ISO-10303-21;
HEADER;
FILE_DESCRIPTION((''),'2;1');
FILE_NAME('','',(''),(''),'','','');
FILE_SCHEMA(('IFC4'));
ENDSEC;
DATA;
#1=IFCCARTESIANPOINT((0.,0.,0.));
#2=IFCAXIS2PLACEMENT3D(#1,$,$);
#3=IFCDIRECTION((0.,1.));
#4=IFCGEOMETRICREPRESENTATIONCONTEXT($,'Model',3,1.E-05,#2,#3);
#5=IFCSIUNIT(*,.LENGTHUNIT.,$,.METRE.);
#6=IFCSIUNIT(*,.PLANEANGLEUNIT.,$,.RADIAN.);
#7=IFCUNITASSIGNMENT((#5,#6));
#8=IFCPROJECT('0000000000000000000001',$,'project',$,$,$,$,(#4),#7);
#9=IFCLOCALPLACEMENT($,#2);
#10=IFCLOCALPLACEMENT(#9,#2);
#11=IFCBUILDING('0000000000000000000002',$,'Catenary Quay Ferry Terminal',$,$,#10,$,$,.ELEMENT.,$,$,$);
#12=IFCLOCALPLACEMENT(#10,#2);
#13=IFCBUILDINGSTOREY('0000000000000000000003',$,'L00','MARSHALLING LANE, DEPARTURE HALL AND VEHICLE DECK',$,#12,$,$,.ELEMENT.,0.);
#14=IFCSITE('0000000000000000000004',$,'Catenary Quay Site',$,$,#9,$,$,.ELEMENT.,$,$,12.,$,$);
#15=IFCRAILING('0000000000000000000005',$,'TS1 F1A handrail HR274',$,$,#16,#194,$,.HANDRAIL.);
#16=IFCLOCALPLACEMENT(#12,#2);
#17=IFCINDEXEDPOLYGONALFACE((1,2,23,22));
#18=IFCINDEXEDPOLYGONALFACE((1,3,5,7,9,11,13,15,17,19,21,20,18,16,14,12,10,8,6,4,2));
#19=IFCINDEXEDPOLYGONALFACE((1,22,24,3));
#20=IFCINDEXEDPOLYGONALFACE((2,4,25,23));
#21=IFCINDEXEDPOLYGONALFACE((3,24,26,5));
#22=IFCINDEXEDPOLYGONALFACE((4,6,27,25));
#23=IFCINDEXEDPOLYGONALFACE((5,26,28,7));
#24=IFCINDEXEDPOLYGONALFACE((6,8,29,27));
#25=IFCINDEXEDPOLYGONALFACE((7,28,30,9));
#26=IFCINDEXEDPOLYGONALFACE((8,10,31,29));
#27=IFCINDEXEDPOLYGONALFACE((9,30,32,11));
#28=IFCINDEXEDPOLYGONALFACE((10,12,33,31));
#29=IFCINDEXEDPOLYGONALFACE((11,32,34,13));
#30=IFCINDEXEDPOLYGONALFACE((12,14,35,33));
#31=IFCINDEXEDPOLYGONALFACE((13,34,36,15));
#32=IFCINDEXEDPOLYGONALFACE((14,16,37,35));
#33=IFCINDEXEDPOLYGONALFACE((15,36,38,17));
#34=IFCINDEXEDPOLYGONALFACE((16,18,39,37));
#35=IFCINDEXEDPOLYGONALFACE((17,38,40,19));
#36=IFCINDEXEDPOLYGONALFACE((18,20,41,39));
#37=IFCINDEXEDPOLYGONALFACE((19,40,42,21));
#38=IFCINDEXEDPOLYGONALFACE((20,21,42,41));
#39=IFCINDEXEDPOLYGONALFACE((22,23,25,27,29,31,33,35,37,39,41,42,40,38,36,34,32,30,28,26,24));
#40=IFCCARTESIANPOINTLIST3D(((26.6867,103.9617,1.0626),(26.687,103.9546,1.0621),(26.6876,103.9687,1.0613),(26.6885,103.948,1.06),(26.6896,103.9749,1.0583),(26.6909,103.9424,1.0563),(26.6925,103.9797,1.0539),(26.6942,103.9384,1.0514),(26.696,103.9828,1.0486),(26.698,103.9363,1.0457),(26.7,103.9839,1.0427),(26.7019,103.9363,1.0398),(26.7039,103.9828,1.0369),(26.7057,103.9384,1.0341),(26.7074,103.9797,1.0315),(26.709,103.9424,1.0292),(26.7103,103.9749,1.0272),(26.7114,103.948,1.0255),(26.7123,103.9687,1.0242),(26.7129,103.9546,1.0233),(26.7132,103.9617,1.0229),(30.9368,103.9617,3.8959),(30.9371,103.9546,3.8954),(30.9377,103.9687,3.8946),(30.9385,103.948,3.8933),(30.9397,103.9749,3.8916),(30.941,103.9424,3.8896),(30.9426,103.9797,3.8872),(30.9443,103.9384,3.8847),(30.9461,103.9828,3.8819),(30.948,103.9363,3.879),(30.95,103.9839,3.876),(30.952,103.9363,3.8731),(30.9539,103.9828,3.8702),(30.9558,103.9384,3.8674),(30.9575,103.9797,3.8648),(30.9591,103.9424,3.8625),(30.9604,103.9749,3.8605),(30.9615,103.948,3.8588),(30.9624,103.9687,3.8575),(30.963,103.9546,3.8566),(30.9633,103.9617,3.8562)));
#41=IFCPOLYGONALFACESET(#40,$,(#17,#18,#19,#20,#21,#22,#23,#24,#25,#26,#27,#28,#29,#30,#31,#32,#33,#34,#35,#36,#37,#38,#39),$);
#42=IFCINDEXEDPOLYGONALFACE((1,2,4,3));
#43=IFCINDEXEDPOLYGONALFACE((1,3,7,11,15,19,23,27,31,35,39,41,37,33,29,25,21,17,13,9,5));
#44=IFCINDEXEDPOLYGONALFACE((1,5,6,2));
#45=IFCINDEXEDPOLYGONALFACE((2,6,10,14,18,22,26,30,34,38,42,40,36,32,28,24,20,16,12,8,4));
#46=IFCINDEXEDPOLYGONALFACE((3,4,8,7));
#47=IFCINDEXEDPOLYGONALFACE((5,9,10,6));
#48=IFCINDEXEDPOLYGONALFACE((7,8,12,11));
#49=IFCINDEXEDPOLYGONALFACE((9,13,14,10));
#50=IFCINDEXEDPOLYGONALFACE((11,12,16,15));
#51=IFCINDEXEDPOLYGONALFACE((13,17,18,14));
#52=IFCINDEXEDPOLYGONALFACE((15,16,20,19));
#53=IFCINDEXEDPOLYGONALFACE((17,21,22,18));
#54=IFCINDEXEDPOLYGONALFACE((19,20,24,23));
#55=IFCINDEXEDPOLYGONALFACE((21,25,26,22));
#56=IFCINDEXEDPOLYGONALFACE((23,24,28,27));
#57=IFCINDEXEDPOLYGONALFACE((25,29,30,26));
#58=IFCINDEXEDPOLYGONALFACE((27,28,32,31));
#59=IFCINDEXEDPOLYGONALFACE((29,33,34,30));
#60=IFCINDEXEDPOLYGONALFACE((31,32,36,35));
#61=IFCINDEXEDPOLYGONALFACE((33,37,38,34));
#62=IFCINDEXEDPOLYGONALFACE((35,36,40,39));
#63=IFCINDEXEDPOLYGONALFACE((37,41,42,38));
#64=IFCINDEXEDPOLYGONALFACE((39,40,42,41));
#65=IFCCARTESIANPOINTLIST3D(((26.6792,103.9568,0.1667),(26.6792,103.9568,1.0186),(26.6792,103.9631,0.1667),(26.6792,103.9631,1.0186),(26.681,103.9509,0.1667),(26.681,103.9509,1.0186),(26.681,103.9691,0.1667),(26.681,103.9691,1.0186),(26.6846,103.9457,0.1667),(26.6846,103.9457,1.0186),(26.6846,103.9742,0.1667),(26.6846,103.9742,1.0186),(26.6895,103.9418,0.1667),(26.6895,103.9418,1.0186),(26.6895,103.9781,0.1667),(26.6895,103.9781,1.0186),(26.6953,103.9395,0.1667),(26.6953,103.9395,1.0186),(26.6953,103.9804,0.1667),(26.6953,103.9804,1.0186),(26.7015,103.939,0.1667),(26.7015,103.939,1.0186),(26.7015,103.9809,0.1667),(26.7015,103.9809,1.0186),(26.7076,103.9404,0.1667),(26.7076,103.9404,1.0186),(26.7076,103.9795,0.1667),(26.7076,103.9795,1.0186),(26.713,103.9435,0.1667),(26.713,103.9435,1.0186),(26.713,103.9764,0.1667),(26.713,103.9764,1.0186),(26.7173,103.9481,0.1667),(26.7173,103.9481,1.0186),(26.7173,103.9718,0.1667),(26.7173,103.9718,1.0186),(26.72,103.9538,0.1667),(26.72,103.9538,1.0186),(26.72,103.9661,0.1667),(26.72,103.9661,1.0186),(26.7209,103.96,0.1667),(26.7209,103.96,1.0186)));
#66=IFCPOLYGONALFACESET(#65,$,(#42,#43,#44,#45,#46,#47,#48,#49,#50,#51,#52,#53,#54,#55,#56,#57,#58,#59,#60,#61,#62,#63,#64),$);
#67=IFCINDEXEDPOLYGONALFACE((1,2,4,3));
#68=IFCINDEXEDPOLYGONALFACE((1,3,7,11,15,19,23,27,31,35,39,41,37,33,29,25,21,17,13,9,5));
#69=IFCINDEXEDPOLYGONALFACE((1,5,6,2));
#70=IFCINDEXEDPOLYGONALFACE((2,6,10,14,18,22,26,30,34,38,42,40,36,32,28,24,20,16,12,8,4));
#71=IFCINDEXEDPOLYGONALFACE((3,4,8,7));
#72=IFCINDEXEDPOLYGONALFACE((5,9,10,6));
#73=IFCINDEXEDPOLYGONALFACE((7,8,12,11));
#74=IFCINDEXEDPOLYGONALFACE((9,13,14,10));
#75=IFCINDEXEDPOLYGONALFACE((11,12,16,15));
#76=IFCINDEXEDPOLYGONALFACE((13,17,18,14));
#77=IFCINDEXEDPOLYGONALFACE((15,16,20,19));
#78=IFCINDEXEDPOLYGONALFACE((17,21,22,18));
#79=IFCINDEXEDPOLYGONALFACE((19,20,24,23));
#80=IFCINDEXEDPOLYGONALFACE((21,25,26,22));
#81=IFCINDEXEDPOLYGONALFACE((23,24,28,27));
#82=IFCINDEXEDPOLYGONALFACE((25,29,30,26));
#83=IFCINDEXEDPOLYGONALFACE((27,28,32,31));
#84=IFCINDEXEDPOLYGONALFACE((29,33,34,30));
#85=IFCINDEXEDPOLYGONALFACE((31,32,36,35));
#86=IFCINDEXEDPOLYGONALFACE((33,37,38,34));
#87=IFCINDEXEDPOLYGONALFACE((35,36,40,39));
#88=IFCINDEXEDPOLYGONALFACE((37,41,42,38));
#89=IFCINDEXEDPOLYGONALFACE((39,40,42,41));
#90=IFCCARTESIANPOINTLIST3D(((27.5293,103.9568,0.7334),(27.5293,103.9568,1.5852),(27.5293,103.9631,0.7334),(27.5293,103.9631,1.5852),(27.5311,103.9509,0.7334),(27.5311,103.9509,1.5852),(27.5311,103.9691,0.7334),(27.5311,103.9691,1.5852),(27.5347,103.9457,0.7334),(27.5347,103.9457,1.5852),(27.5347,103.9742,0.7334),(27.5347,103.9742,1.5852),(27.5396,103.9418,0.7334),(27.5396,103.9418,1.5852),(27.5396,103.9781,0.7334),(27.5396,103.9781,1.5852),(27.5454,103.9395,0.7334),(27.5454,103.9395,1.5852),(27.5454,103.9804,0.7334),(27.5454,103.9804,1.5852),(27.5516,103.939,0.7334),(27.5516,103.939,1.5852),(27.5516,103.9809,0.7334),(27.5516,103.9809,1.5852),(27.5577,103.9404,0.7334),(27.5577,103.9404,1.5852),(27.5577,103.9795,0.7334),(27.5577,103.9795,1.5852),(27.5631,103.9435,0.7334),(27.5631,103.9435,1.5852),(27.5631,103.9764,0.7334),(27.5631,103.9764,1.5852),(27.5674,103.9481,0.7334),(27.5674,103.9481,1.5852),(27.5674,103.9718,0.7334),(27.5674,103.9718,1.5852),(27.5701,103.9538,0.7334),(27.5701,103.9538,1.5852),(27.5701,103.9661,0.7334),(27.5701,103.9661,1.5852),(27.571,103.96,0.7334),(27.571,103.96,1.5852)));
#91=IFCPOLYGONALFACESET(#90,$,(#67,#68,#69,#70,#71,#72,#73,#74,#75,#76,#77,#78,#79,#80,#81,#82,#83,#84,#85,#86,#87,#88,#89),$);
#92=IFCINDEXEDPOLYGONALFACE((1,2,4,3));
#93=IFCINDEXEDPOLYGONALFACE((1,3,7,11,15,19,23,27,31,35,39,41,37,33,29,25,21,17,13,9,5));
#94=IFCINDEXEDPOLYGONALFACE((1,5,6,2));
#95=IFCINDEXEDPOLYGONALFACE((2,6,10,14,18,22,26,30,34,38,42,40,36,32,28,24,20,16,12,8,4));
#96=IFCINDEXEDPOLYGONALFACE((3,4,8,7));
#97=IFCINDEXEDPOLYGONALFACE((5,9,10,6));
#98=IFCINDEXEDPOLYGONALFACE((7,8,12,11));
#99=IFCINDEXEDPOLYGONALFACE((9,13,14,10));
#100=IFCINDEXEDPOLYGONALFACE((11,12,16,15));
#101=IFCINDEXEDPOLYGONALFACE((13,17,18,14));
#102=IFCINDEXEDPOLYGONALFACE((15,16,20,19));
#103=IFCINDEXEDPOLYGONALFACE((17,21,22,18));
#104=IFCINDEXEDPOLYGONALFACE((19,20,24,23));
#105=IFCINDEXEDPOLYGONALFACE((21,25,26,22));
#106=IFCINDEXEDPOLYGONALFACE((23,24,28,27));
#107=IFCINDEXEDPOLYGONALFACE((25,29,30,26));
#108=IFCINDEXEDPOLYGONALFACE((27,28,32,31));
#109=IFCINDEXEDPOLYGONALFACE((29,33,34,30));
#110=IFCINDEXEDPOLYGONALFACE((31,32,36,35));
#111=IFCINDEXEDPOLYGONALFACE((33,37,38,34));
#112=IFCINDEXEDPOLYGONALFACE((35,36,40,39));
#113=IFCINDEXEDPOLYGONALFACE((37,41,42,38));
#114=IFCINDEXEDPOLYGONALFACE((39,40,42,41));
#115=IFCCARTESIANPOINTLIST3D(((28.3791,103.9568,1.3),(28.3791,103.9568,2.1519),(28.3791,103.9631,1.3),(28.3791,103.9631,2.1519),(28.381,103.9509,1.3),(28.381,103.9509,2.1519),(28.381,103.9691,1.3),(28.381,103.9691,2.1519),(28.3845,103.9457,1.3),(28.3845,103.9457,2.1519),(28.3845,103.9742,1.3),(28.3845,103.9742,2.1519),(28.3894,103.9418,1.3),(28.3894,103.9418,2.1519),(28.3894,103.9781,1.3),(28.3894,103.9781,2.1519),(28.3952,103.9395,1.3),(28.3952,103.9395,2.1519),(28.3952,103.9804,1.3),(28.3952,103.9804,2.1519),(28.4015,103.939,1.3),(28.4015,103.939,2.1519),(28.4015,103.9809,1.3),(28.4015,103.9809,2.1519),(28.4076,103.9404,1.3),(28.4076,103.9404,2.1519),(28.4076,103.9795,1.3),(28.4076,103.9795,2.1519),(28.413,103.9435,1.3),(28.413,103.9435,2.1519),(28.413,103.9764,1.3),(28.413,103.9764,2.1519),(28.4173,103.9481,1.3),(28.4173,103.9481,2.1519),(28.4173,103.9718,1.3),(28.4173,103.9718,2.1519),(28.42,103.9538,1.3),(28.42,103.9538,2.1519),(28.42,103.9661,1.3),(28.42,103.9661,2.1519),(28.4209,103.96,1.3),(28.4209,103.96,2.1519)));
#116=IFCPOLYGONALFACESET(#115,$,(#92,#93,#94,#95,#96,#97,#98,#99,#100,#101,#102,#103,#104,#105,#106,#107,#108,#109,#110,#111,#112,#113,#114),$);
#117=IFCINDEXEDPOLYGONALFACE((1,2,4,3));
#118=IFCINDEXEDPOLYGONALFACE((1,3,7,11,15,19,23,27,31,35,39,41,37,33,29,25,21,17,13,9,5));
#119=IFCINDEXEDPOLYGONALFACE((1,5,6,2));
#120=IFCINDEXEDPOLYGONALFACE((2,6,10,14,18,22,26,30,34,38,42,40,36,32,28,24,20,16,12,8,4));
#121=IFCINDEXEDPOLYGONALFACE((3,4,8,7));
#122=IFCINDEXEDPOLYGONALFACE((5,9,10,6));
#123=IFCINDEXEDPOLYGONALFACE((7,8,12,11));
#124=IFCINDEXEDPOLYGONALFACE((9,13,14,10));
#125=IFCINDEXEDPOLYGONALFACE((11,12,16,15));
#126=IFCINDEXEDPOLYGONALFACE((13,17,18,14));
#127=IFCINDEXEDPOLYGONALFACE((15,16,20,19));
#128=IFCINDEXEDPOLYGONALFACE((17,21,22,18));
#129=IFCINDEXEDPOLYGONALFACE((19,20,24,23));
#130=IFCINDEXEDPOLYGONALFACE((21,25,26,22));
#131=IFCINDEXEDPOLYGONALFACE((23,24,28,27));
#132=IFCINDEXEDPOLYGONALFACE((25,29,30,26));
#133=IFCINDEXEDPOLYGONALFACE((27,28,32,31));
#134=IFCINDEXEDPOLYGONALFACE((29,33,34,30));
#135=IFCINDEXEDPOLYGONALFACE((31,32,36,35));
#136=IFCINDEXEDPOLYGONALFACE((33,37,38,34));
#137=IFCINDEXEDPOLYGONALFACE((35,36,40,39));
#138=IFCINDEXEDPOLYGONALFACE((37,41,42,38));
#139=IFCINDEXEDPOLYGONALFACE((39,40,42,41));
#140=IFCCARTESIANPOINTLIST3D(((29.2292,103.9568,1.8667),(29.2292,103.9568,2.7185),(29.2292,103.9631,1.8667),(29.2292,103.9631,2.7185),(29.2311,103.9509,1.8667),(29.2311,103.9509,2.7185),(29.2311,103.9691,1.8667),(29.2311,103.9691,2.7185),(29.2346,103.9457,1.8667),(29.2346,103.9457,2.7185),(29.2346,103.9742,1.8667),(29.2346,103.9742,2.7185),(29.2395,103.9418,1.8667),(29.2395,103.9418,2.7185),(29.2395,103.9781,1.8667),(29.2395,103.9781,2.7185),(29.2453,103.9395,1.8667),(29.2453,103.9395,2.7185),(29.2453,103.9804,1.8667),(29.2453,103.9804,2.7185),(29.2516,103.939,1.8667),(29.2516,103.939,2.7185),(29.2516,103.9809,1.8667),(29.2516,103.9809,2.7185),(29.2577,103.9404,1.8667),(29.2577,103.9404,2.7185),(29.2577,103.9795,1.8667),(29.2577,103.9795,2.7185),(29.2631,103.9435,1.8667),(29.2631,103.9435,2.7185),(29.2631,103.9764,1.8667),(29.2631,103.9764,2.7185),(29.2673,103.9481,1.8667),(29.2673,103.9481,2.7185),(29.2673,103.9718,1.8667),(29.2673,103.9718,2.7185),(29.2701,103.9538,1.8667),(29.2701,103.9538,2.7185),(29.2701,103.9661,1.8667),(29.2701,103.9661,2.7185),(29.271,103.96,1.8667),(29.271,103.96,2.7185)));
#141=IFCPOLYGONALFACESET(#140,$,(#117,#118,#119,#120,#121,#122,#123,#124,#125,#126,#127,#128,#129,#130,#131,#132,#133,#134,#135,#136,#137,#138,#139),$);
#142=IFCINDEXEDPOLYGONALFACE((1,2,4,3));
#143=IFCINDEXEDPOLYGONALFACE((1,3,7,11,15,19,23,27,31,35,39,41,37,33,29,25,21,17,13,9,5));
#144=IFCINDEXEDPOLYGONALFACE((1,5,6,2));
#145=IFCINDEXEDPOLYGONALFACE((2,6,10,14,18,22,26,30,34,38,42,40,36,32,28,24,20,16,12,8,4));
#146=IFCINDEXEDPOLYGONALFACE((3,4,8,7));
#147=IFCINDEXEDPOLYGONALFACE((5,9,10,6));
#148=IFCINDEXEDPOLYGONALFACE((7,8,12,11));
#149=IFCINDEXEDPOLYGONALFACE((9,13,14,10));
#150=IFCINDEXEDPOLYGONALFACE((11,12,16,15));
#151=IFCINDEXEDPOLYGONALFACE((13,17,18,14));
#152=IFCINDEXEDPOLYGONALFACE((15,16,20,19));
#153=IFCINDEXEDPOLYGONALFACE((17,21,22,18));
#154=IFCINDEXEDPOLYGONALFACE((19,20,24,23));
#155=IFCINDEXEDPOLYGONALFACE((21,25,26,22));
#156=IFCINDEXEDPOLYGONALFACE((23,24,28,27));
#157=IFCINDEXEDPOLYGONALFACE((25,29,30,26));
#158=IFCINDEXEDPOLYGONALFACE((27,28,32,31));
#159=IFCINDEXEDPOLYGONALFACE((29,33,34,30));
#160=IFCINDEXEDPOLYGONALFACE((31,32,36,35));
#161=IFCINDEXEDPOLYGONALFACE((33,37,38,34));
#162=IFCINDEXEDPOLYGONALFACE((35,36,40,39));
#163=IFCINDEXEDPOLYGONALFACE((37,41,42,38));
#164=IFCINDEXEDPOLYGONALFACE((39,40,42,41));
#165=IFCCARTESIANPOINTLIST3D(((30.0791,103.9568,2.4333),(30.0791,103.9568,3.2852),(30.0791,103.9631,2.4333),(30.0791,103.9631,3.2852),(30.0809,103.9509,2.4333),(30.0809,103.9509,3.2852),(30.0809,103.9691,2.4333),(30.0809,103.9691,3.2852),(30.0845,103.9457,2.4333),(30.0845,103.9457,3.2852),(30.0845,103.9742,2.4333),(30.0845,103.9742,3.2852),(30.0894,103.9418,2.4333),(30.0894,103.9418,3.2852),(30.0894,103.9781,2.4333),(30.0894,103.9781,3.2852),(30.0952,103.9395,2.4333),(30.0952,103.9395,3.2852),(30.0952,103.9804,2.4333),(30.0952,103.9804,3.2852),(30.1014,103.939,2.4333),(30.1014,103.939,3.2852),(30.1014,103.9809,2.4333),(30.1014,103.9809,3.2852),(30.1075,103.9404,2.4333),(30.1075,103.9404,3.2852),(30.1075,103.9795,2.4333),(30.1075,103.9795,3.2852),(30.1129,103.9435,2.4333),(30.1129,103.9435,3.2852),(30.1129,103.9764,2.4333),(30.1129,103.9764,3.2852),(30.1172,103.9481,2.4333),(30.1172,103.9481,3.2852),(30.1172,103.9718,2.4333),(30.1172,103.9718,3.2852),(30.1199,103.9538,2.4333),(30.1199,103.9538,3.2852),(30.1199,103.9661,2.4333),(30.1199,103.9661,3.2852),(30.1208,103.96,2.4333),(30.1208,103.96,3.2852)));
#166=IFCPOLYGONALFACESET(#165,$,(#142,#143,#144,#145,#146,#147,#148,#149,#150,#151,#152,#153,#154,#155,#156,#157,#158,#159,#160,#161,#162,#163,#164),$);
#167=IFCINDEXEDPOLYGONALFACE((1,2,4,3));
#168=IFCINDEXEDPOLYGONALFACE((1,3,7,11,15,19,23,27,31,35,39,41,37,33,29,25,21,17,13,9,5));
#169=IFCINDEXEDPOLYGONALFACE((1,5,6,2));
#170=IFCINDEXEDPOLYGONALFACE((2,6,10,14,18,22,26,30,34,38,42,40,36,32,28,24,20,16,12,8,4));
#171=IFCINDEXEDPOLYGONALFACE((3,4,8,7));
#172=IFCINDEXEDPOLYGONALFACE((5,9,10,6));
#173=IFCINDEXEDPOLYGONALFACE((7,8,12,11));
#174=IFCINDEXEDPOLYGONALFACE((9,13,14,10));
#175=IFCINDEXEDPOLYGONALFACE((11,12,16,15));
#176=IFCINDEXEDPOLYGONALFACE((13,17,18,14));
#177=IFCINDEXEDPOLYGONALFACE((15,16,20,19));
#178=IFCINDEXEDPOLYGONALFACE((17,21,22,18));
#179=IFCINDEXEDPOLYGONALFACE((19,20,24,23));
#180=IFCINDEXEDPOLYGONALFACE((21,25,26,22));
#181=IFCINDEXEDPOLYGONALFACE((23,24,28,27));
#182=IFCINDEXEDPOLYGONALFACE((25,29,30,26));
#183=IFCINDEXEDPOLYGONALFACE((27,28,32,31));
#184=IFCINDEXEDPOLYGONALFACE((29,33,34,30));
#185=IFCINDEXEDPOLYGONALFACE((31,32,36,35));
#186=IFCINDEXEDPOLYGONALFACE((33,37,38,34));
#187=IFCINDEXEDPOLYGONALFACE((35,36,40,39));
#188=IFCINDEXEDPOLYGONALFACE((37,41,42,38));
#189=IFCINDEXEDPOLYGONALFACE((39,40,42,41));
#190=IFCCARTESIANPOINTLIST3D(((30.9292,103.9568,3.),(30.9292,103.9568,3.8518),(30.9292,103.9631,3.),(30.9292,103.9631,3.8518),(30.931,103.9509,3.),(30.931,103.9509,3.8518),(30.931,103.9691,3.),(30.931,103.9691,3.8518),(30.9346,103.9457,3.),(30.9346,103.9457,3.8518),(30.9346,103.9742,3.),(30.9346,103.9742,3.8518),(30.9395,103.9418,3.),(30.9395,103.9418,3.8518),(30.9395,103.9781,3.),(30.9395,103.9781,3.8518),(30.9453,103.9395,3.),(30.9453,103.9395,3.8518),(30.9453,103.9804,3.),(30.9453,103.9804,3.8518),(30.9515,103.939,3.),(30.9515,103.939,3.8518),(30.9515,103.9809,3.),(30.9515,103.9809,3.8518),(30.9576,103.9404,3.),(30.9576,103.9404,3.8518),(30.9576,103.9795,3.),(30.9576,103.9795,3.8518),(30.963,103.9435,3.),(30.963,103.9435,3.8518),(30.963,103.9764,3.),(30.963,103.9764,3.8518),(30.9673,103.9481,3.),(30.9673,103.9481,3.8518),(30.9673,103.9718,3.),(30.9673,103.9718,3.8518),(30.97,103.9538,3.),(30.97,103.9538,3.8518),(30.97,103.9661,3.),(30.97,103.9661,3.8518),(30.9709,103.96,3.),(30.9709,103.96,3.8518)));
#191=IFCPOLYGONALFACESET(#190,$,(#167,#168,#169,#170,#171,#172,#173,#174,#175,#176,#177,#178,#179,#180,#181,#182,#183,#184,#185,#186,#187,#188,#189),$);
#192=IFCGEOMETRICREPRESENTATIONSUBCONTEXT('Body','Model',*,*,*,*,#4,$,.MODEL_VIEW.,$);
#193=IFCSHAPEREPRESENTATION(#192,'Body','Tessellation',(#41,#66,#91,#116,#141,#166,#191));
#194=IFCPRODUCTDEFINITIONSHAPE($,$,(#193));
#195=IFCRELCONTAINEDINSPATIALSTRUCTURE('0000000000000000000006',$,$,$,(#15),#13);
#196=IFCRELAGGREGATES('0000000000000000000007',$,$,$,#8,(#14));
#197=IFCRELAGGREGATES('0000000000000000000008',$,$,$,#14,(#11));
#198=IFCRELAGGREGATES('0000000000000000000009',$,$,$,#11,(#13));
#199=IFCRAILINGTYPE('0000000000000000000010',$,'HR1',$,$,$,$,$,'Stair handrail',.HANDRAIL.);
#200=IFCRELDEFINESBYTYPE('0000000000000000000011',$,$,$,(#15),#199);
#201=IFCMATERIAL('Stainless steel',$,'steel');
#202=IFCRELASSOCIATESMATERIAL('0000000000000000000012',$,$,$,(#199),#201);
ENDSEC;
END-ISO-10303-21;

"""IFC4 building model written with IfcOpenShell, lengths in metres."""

from ifc_helpers import new_model, si_unit, direction, frame, origin, origin_2d, place, context, subcontext, project, spatial, circle, extrude, material, type_object, element, save


model = new_model("IFC4")

# Units and contexts
model_context = context("Model", 3, precision=1e-05, world=origin(), true_north=direction((0.0, 1.0)))
body_context = subcontext(model_context, "Body", "Model", "MODEL_VIEW")
ifc_project = project(units=[si_unit("LENGTHUNIT", "METRE"), si_unit("PLANEANGLEUNIT", "RADIAN")], contexts=[model_context])

# Site, building, storey
site_placement = place(None, origin())
site = spatial("IfcSite", under=ifc_project, at=site_placement, Name="Catenary Quay Site", CompositionType="ELEMENT", RefElevation=12.0)
building_placement = place(site_placement, origin())
building = spatial("IfcBuilding", under=site, at=building_placement, Name="Catenary Quay Ferry Terminal", CompositionType="ELEMENT")
storey_placement = place(building_placement, origin())
storey = spatial("IfcBuildingStorey", under=building, at=storey_placement, Name="L00", Description="MARSHALLING LANE, DEPARTURE HALL AND VEHICLE DECK", CompositionType="ELEMENT", Elevation=0.0)

# Railing
ifc_material_1 = material(Name="Stainless steel", Category="steel")
railing_type_1 = type_object("IfcRailingType", Name="HR1", ElementType="Stair handrail", PredefinedType="HANDRAIL", material=ifc_material_1)
for number, where, name in (
    (1, (26.7, 103.96, 0.1667), "TS1 F1A handrail HR274"),
):
    element("IfcRailing", number, at=place(storey_placement, frame(where)), inside=storey, type_object=railing_type_1, Name=name, PredefinedType="HANDRAIL", context=body_context, shape_type="SweptSolid", body=[
        extrude(circle(Radius=0.0239, at=origin_2d()), frame((0.0, 0.0, 0.876), z_axis=(0.832058, 0.0, 0.554689), x_axis=(0.0, 1.0, 0.0)), (0.0, 0.0, 1.0), 5.1079),
        extrude(circle(Radius=0.021, at=origin_2d()), origin(), (0.0, 0.0, 1.0), 0.8518),
        extrude(circle(Radius=0.021, at=origin_2d()), frame((0.8501, 0.0, 0.5667)), (0.0, 0.0, 1.0), 0.8518),
        extrude(circle(Radius=0.021, at=origin_2d()), frame((1.7, 0.0, 1.1333)), (0.0, 0.0, 1.0), 0.8518),
        extrude(circle(Radius=0.021, at=origin_2d()), frame((2.55, 0.0, 1.7)), (0.0, 0.0, 1.0), 0.8518),
        extrude(circle(Radius=0.021, at=origin_2d()), frame((3.3999, 0.0, 2.2666)), (0.0, 0.0, 1.0), 0.8518),
        extrude(circle(Radius=0.021, at=origin_2d()), frame((4.25, 0.0, 2.8333)), (0.0, 0.0, 1.0), 0.8518),
    ])

save(model, "model.ifc")
